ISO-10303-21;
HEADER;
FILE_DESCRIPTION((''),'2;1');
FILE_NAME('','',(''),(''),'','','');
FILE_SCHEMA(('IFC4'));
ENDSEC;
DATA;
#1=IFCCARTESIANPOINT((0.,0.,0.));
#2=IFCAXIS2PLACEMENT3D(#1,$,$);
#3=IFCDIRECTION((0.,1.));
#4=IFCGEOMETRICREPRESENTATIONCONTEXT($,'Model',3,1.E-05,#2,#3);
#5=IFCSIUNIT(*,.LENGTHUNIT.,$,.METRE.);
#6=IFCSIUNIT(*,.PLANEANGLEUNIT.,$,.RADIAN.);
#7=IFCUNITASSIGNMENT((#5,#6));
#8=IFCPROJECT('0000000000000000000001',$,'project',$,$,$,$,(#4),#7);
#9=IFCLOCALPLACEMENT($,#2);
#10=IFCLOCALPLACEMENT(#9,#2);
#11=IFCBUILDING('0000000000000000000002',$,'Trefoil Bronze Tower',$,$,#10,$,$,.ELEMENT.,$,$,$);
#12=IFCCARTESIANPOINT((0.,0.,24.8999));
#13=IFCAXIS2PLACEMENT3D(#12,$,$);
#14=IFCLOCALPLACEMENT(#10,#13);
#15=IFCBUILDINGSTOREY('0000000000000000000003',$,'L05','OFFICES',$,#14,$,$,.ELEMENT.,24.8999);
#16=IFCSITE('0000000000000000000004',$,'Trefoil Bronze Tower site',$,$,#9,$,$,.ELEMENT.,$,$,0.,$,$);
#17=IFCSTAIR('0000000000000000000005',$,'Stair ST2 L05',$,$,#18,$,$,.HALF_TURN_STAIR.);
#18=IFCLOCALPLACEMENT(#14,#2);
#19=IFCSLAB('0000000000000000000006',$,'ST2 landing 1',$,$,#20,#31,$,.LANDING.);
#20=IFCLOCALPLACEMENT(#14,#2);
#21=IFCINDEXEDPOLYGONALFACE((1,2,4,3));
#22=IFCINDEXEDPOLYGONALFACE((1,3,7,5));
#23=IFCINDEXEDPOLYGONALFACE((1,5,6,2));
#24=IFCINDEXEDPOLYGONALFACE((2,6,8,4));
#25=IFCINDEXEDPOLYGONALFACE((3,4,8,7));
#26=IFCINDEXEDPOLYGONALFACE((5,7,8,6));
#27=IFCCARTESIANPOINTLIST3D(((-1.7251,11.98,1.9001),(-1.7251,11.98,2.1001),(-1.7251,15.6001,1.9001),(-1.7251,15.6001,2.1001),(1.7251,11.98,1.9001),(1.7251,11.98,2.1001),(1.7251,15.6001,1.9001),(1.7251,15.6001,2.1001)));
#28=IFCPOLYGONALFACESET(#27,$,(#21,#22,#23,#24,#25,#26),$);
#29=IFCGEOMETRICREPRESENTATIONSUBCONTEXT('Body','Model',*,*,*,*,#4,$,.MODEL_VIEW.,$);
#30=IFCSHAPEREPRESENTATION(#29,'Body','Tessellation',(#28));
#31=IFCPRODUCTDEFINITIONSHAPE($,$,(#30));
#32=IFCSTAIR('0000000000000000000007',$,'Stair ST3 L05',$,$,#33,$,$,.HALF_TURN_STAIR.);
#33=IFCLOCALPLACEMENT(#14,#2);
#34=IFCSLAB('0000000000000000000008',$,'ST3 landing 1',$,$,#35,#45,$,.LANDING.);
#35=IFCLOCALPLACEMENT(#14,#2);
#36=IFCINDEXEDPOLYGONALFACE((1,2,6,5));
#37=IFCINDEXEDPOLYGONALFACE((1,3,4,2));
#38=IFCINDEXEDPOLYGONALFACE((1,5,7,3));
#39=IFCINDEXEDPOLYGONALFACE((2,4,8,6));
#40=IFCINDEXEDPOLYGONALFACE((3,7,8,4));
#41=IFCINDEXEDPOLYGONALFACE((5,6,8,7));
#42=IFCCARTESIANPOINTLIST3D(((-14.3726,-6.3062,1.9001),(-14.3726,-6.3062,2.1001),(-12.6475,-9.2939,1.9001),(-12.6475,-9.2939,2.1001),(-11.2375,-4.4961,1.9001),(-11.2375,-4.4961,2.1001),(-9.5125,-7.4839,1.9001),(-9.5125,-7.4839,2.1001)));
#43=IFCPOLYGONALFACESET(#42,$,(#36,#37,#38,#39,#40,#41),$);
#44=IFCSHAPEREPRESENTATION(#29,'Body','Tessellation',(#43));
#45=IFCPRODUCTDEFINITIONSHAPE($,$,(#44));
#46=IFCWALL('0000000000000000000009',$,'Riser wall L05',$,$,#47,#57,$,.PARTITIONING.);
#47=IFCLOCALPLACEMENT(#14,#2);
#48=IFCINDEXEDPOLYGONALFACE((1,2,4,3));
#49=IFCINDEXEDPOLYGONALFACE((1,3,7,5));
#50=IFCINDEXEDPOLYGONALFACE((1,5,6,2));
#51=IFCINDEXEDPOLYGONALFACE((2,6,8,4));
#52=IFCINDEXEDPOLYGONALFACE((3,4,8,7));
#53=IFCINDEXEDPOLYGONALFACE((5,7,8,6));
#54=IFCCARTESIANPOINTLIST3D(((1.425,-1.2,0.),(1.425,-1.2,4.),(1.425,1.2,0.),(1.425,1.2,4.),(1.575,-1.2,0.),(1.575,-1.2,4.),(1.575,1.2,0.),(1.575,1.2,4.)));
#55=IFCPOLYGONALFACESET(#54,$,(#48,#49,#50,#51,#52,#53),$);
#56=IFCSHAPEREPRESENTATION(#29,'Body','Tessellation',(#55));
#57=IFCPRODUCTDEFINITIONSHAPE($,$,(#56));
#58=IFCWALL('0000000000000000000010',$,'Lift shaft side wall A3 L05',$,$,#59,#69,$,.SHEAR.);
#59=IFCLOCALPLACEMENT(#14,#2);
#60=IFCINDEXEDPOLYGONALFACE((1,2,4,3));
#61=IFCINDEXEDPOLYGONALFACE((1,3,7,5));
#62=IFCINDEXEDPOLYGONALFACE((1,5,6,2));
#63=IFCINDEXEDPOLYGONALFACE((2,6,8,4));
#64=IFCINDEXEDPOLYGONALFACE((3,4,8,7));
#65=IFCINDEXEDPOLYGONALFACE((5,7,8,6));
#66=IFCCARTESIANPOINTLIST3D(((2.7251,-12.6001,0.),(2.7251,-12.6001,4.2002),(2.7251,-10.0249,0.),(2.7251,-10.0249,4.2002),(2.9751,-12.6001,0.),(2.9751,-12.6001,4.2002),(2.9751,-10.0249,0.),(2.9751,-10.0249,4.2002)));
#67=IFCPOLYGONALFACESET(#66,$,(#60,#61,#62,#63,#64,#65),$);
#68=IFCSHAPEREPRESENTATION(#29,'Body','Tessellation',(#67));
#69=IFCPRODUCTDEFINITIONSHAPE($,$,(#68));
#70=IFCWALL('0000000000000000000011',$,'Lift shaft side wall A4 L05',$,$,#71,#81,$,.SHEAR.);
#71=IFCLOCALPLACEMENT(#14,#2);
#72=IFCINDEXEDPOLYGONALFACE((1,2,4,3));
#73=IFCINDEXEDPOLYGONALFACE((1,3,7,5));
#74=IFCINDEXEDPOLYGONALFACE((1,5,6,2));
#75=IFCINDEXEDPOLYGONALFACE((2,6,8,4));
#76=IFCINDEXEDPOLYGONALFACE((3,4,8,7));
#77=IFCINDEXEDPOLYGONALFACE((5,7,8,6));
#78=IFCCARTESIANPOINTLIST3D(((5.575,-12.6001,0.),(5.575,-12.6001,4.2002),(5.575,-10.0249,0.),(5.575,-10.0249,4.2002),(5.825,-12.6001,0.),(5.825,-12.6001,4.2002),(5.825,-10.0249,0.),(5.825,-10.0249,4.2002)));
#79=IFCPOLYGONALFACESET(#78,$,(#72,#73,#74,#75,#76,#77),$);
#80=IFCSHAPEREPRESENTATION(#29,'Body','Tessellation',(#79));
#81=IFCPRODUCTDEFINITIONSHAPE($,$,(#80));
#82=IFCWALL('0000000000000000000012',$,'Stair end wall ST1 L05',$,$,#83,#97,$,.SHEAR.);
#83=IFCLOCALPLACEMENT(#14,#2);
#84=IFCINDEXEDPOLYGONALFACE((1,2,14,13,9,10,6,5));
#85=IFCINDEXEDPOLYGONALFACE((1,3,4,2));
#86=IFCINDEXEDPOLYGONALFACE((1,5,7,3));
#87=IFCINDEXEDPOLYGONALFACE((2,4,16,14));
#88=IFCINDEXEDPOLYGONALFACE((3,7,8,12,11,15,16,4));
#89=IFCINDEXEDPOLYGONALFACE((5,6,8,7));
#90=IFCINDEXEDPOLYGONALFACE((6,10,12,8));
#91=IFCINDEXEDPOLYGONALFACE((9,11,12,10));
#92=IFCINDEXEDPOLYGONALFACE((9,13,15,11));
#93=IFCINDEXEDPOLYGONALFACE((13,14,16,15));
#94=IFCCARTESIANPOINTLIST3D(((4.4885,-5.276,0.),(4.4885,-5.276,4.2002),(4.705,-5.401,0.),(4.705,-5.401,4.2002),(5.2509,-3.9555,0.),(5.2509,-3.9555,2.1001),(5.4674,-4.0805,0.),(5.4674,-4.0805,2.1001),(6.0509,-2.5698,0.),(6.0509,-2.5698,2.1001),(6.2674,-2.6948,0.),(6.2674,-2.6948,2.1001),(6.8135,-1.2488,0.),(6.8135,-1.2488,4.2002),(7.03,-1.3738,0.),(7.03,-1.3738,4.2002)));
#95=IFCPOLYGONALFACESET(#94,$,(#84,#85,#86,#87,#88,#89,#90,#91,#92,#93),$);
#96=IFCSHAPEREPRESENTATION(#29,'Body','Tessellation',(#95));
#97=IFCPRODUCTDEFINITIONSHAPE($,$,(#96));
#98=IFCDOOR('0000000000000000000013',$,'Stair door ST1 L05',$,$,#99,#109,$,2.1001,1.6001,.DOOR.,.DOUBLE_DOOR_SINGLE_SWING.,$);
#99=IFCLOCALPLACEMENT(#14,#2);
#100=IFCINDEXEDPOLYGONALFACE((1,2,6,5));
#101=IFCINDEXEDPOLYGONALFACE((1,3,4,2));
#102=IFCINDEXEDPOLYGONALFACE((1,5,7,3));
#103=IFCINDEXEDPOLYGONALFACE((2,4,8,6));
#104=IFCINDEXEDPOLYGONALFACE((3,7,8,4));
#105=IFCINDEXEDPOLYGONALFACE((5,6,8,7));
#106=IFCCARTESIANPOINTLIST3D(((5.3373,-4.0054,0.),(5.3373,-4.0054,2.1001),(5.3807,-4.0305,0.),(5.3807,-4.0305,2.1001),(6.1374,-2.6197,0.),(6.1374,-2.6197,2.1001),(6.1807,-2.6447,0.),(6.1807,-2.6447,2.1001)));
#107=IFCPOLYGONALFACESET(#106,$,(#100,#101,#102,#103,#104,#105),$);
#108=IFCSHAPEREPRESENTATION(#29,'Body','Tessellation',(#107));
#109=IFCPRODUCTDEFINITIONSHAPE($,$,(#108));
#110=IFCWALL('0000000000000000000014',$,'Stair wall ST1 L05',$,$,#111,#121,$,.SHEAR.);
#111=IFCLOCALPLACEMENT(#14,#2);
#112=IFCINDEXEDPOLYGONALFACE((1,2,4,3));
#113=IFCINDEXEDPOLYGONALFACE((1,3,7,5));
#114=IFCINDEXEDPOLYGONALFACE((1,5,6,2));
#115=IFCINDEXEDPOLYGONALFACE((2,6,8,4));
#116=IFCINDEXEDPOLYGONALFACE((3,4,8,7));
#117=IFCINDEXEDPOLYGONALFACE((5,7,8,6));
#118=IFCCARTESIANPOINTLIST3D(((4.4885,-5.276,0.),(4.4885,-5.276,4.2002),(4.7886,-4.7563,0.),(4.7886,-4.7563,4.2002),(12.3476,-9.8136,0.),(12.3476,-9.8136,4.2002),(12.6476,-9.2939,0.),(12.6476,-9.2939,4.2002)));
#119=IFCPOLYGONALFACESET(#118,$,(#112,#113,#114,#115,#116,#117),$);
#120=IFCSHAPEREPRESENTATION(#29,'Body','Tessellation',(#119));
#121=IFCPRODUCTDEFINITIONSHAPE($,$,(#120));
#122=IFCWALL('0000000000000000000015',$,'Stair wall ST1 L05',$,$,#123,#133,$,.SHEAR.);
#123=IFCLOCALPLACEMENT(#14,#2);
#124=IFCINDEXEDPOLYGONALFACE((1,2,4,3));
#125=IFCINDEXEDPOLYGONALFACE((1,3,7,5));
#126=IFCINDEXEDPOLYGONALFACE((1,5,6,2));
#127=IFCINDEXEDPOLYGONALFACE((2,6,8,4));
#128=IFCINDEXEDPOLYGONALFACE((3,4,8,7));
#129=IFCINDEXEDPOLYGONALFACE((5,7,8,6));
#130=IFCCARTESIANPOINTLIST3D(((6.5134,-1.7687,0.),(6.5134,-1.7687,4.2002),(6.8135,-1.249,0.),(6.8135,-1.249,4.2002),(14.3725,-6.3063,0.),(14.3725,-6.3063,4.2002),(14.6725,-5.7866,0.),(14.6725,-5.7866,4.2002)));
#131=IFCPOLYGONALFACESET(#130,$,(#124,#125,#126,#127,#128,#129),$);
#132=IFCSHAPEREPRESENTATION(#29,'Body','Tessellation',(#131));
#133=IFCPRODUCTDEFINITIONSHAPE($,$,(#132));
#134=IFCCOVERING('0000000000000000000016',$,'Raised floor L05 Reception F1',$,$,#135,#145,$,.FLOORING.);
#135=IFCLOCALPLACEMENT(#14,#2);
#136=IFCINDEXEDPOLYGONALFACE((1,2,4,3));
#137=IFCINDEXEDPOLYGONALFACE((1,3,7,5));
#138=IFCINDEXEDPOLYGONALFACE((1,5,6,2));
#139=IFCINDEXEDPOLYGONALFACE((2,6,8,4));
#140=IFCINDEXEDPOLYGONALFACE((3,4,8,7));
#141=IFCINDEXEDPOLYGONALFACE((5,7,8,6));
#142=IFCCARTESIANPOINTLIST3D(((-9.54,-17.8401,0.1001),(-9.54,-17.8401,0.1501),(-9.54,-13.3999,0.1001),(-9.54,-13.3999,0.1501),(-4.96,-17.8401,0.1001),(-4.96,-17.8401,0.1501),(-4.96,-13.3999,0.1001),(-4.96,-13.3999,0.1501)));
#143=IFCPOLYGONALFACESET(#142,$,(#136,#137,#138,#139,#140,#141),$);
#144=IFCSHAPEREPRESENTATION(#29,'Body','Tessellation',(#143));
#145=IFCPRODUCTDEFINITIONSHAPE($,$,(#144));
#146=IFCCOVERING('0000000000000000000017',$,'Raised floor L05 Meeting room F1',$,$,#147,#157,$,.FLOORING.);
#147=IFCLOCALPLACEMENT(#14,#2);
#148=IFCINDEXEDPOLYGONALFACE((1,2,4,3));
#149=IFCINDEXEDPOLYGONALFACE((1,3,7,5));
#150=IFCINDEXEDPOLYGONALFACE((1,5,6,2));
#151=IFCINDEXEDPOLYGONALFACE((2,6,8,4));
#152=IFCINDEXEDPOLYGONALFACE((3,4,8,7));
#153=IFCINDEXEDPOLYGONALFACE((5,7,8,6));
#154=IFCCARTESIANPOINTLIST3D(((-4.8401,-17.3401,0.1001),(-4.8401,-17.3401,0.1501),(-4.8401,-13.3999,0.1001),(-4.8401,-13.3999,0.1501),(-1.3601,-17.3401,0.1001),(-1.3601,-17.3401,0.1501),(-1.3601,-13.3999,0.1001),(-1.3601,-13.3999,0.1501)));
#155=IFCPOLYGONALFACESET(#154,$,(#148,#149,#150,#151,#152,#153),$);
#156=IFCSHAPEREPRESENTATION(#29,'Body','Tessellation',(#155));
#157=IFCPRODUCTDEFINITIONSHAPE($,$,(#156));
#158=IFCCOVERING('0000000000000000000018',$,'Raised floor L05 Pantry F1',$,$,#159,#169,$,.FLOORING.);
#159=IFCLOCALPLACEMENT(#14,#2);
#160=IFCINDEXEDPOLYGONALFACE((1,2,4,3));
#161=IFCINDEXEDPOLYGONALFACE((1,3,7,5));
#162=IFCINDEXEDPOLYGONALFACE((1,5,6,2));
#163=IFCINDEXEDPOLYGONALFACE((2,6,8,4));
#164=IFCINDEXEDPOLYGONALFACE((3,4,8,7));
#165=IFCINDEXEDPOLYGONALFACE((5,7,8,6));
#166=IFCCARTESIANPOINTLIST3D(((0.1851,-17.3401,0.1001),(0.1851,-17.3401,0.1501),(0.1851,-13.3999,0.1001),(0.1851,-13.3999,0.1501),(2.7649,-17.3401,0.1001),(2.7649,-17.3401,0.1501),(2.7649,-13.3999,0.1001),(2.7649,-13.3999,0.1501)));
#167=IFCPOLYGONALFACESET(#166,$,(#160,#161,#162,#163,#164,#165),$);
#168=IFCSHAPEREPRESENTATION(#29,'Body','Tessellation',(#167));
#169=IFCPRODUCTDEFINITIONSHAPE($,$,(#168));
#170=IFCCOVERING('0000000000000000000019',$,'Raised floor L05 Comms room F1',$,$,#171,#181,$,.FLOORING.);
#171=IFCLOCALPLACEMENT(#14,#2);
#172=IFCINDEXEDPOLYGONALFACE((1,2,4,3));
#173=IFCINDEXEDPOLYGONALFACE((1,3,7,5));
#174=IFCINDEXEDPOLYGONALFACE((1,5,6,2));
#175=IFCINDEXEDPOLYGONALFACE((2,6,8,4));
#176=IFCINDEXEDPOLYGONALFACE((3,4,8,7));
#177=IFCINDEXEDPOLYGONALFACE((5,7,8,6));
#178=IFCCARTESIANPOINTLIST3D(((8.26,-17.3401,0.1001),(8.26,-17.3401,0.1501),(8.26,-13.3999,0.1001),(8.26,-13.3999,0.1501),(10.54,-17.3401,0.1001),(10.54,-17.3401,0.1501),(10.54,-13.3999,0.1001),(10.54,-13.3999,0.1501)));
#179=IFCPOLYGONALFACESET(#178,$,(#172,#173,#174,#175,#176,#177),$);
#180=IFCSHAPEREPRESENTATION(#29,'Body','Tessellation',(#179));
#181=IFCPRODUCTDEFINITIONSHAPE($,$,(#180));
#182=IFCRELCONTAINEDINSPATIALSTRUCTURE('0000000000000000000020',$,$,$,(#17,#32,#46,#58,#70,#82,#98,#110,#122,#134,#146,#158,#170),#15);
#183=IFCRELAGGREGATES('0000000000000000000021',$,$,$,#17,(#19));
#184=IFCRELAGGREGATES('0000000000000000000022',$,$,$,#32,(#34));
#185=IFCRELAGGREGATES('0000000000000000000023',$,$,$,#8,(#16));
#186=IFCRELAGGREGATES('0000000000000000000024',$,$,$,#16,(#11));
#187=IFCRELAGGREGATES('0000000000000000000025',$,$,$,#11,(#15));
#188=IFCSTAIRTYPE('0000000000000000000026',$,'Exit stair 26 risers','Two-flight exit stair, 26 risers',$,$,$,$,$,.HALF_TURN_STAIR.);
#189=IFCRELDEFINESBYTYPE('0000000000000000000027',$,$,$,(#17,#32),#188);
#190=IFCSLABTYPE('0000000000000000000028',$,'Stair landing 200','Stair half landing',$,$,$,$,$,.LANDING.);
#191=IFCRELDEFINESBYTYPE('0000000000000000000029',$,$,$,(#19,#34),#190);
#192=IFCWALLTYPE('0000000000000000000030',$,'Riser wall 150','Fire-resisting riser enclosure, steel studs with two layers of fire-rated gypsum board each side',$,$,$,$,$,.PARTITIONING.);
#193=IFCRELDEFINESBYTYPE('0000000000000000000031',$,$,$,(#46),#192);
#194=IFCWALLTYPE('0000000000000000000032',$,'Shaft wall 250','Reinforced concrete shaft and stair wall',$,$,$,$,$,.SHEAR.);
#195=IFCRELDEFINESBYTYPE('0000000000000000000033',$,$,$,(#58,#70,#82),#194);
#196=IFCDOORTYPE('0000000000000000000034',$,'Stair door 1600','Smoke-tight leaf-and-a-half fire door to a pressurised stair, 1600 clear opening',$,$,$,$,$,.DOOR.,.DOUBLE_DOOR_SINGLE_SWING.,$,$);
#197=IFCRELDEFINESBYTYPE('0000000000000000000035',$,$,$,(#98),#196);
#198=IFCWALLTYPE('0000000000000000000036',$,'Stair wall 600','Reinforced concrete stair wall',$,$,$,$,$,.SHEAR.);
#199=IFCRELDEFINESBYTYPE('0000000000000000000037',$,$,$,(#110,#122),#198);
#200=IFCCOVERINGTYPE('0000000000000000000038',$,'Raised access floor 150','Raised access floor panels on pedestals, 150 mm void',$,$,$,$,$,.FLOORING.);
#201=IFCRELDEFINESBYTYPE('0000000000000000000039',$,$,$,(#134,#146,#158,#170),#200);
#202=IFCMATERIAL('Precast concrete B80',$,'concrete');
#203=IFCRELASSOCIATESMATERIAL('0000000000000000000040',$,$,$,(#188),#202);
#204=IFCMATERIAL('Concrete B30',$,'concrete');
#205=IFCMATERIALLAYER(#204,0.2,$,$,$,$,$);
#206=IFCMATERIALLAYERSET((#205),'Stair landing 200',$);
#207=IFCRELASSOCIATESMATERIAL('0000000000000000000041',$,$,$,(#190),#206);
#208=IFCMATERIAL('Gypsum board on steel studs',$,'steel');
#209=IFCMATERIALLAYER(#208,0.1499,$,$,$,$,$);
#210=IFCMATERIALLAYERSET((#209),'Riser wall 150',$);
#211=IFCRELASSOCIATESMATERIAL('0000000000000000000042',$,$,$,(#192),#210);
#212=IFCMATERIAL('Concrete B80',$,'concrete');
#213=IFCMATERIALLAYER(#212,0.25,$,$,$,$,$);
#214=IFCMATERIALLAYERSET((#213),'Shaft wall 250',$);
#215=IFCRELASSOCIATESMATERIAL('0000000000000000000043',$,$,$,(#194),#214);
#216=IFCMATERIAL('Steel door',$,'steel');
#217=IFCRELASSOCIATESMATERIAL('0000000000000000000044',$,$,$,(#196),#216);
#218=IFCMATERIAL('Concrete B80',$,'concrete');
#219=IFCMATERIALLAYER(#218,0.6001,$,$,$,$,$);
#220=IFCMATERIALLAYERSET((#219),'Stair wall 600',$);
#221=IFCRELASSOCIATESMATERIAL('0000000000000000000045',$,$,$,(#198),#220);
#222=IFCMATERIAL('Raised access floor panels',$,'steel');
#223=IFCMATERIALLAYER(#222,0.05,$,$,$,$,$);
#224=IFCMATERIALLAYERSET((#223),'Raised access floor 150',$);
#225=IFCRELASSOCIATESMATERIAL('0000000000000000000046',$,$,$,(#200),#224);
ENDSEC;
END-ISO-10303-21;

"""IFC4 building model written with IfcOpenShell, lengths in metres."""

from ifc_helpers import new_model, si_unit, direction, frame, frame_2d, origin, place, context, subcontext, project, spatial, polyline, rectangle, outline, extrude, material, layer, layer_set, type_object, element, fill, aggregate, save


model = new_model("IFC4")

# Units and contexts
model_context = context("Model", 3, precision=1e-05, world=origin(), true_north=direction((0.0, 1.0)))
body_context = subcontext(model_context, "Body", "Model", "MODEL_VIEW")
ifc_project = project(units=[si_unit("LENGTHUNIT", "METRE"), si_unit("PLANEANGLEUNIT", "RADIAN")], contexts=[model_context])

# Site, building, storey
site_placement = place(None, origin())
site = spatial("IfcSite", under=ifc_project, at=site_placement, Name="Trefoil Bronze Tower site", CompositionType="ELEMENT", RefElevation=0.0)
building_placement = place(site_placement, origin())
building = spatial("IfcBuilding", under=site, at=building_placement, Name="Trefoil Bronze Tower", CompositionType="ELEMENT")
storey_placement = place(building_placement, frame((0.0, 0.0, 24.8999)))
storey = spatial("IfcBuildingStorey", under=building, at=storey_placement, Name="L05", Description="OFFICES", CompositionType="ELEMENT", Elevation=24.8999)

# Stairs, slabs
ifc_material_1 = material(Name="Precast concrete B80", Category="concrete")
stair_type = type_object("IfcStairType", Name="Exit stair 26 risers", Description="Two-flight exit stair, 26 risers", PredefinedType="HALF_TURN_STAIR", material=ifc_material_1)
stair_1_placement = place(storey_placement, origin())
stair_1 = element("IfcStair", 1, at=stair_1_placement, inside=storey, type_object=stair_type, Name="Stair ST2 L05", PredefinedType="HALF_TURN_STAIR")
ifc_material_2 = material(Name="Concrete B30", Category="concrete")
ifc_layer_1 = layer(ifc_material_2, 0.2)
ifc_layer_set_1 = layer_set([ifc_layer_1], Name="Stair landing 200")
slab_type = type_object("IfcSlabType", Name="Stair landing 200", Description="Stair half landing", PredefinedType="LANDING", material=ifc_layer_set_1)
slab_1_placement = place(storey_placement, frame((0.0, 0.0, 1.9001)))
slab_1 = element("IfcSlab", 2, at=slab_1_placement, type_object=slab_type, Name="ST2 landing 1", PredefinedType="LANDING", context=body_context, shape_type="SweptSolid", body=[
    extrude(outline(polyline([(1.7251, 11.98), (1.7251, 15.6001), (-1.7251, 15.6001), (-1.7251, 11.98), (1.7251, 11.98)])), origin(), (0.0, 0.0, 1.0), 0.2),
])
aggregate(stair_1, [slab_1])
stair_2_placement = place(storey_placement, origin())
stair_2 = element("IfcStair", 3, at=stair_2_placement, inside=storey, type_object=stair_type, Name="Stair ST3 L05", PredefinedType="HALF_TURN_STAIR")
slab_2_placement = place(storey_placement, frame((0.0, 0.0, 1.9001)))
slab_2 = element("IfcSlab", 4, at=slab_2_placement, type_object=slab_type, Name="ST3 landing 1", PredefinedType="LANDING", context=body_context, shape_type="SweptSolid", body=[
    extrude(outline(polyline([(-11.2375, -4.4961), (-14.3726, -6.3062), (-12.6475, -9.2939), (-9.5125, -7.4839), (-11.2375, -4.4961)])), origin(), (0.0, 0.0, 1.0), 0.2),
])
aggregate(stair_2, [slab_2])

# Walls
ifc_material_3 = material(Name="Gypsum board on steel studs", Category="steel")
ifc_layer_2 = layer(ifc_material_3, 0.1499)
ifc_layer_set_2 = layer_set([ifc_layer_2], Name="Riser wall 150")
wall_type_1 = type_object("IfcWallType", Name="Riser wall 150", Description="Fire-resisting riser enclosure, steel studs with two layers of fire-rated gypsum board each side", PredefinedType="PARTITIONING", material=ifc_layer_set_2)
wall_1_placement = place(storey_placement, frame((1.5, -1.2, 0.0), z_axis=(0.0, 0.0, 1.0), x_axis=(0.0, 1.0, 0.0)))
element("IfcWall", 5, at=wall_1_placement, inside=storey, type_object=wall_type_1, Name="Riser wall L05", PredefinedType="PARTITIONING", context=body_context, shape_type="SweptSolid", body=[
    extrude(rectangle(XDim=2.3999, YDim=0.1499, at=frame_2d((1.2, 0.0))), origin(), (0.0, 0.0, 1.0), 4.0),
])
ifc_material_4 = material(Name="Concrete B80", Category="concrete")
ifc_layer_3 = layer(ifc_material_4, 0.25)
ifc_layer_set_3 = layer_set([ifc_layer_3], Name="Shaft wall 250")
wall_type_2 = type_object("IfcWallType", Name="Shaft wall 250", Description="Reinforced concrete shaft and stair wall", PredefinedType="SHEAR", material=ifc_layer_set_3)
for number, where, z_axis, x_axis, name in (
    (6, (2.8501, -10.0249, 0.0), (0.0, 0.0, 1.0), (0.0, -1.0, 0.0), "Lift shaft side wall A3 L05"),
    (7, (5.7, -10.0249, 0.0), (0.0, 0.0, 1.0), (0.0, -1.0, 0.0), "Lift shaft side wall A4 L05"),
):
    element("IfcWall", number, at=place(storey_placement, frame(where, z_axis=z_axis, x_axis=x_axis)), inside=storey, type_object=wall_type_2, Name=name, PredefinedType="SHEAR", context=body_context, shape_type="SweptSolid", body=[
        extrude(rectangle(XDim=2.5752, YDim=0.25, at=frame_2d((1.2876, 0.0))), origin(), (0.0, 0.0, 1.0), 4.2002),
    ])

# Wall, opening, door
wall_2_placement = place(storey_placement, frame((4.5967, -5.3386, 0.0), z_axis=(0.0, 0.0, 1.0), x_axis=(0.499985, 0.866034, 0.0)))
wall_2 = element("IfcWall", 8, at=wall_2_placement, inside=storey, type_object=wall_type_2, Name="Stair end wall ST1 L05", PredefinedType="SHEAR", context=body_context, shape_type="SweptSolid", body=[
    extrude(rectangle(XDim=4.6501, YDim=0.25, at=frame_2d((2.3252, 0.0))), origin(), (0.0, 0.0, 1.0), 4.2002),
])
opening_placement = place(wall_2_placement, frame((1.5249, 0.0, 0.0)))
opening = element("IfcOpeningElement", 9, at=opening_placement, cuts=wall_2, PredefinedType="OPENING", context=body_context, shape_type="SweptSolid", body=[
    extrude(rectangle(XDim=1.6001, YDim=2.1001, at=frame_2d((0.8, 1.05))), frame((0.0, 0.135, 0.0), z_axis=(0.0, -1.0, 0.0), x_axis=(1.0, 0.0, 0.0)), (0.0, 0.0, 1.0), 0.27),
])
ifc_material_5 = material(Name="Steel door", Category="steel")
door_type = type_object("IfcDoorType", Name="Stair door 1600", Description="Smoke-tight leaf-and-a-half fire door to a pressurised stair, 1600 clear opening", OperationType="DOUBLE_DOOR_SINGLE_SWING", PredefinedType="DOOR", material=ifc_material_5)
door_placement = place(opening_placement, frame((1.6001, 0.0, 0.0), z_axis=(0.0, 0.0, 1.0), x_axis=(-1.0, 0.0, 0.0)))
door = element("IfcDoor", 10, at=door_placement, inside=storey, type_object=door_type, Name="Stair door ST1 L05", OperationType="DOUBLE_DOOR_SINGLE_SWING", OverallHeight=2.1001, OverallWidth=1.6001, PredefinedType="DOOR", context=body_context, shape_type="SweptSolid", body=[
    extrude(rectangle(XDim=1.6001, YDim=2.1001, at=frame_2d((0.8, 1.05))), frame((0.0, 0.0249, 0.0), z_axis=(0.0, -1.0, 0.0), x_axis=(1.0, 0.0, 0.0)), (0.0, 0.0, 1.0), 0.05),
])
fill(opening, door)

# Walls
ifc_material_6 = material(Name="Concrete B80", Category="concrete")
ifc_layer_4 = layer(ifc_material_6, 0.6001)
ifc_layer_set_4 = layer_set([ifc_layer_4], Name="Stair wall 600")
wall_type_3 = type_object("IfcWallType", Name="Stair wall 600", Description="Reinforced concrete stair wall", PredefinedType="SHEAR", material=ifc_layer_set_4)
for number, where, z_axis, x_axis, name in (
    (11, (4.6384, -5.0161, 0.0), (0.0, 0.0, 1.0), (0.866019, -0.50001, 0.0), "Stair wall ST1 L05"),
    (12, (6.6633, -1.5088, 0.0), (0.0, 0.0, 1.0), (0.866019, -0.50001, 0.0), "Stair wall ST1 L05"),
):
    element("IfcWall", number, at=place(storey_placement, frame(where, z_axis=z_axis, x_axis=x_axis)), inside=storey, type_object=wall_type_3, Name=name, PredefinedType="SHEAR", context=body_context, shape_type="SweptSolid", body=[
        extrude(rectangle(XDim=9.075, YDim=0.6001, at=frame_2d((4.5376, 0.0))), origin(), (0.0, 0.0, 1.0), 4.2002),
    ])

# Coverings
ifc_material_7 = material(Name="Raised access floor panels", Category="steel")
ifc_layer_5 = layer(ifc_material_7, 0.05)
ifc_layer_set_5 = layer_set([ifc_layer_5], Name="Raised access floor 150")
covering_type_1 = type_object("IfcCoveringType", Name="Raised access floor 150", Description="Raised access floor panels on pedestals, 150 mm void", PredefinedType="FLOORING", material=ifc_layer_set_5)
covering_1_placement = place(storey_placement, frame((0.0, 0.0, 0.1001)))
element("IfcCovering", 13, at=covering_1_placement, inside=storey, type_object=covering_type_1, Name="Raised floor L05 Reception F1", PredefinedType="FLOORING", context=body_context, shape_type="SweptSolid", body=[
    extrude(outline(polyline([(-4.96, -13.3999), (-4.96, -17.8401), (-9.54, -17.8401), (-9.54, -13.3999), (-4.96, -13.3999)])), origin(), (0.0, 0.0, 1.0), 0.05),
])
covering_2_placement = place(storey_placement, frame((0.0, 0.0, 0.1001)))
element("IfcCovering", 14, at=covering_2_placement, inside=storey, type_object=covering_type_1, Name="Raised floor L05 Meeting room F1", PredefinedType="FLOORING", context=body_context, shape_type="SweptSolid", body=[
    extrude(outline(polyline([(-1.3601, -13.3999), (-1.3601, -17.3401), (-4.8401, -17.3401), (-4.8401, -13.3999), (-1.3601, -13.3999)])), origin(), (0.0, 0.0, 1.0), 0.05),
])
covering_3_placement = place(storey_placement, frame((0.0, 0.0, 0.1001)))
element("IfcCovering", 15, at=covering_3_placement, inside=storey, type_object=covering_type_1, Name="Raised floor L05 Pantry F1", PredefinedType="FLOORING", context=body_context, shape_type="SweptSolid", body=[
    extrude(outline(polyline([(2.7649, -13.3999), (2.7649, -17.3401), (0.1851, -17.3401), (0.1851, -13.3999), (2.7649, -13.3999)])), origin(), (0.0, 0.0, 1.0), 0.05),
])
covering_4_placement = place(storey_placement, frame((0.0, 0.0, 0.1001)))
element("IfcCovering", 16, at=covering_4_placement, inside=storey, type_object=covering_type_1, Name="Raised floor L05 Comms room F1", PredefinedType="FLOORING", context=body_context, shape_type="SweptSolid", body=[
    extrude(outline(polyline([(10.54, -13.3999), (10.54, -17.3401), (8.26, -17.3401), (8.26, -13.3999), (10.54, -13.3999)])), origin(), (0.0, 0.0, 1.0), 0.05),
])

save(model, "model.ifc")
